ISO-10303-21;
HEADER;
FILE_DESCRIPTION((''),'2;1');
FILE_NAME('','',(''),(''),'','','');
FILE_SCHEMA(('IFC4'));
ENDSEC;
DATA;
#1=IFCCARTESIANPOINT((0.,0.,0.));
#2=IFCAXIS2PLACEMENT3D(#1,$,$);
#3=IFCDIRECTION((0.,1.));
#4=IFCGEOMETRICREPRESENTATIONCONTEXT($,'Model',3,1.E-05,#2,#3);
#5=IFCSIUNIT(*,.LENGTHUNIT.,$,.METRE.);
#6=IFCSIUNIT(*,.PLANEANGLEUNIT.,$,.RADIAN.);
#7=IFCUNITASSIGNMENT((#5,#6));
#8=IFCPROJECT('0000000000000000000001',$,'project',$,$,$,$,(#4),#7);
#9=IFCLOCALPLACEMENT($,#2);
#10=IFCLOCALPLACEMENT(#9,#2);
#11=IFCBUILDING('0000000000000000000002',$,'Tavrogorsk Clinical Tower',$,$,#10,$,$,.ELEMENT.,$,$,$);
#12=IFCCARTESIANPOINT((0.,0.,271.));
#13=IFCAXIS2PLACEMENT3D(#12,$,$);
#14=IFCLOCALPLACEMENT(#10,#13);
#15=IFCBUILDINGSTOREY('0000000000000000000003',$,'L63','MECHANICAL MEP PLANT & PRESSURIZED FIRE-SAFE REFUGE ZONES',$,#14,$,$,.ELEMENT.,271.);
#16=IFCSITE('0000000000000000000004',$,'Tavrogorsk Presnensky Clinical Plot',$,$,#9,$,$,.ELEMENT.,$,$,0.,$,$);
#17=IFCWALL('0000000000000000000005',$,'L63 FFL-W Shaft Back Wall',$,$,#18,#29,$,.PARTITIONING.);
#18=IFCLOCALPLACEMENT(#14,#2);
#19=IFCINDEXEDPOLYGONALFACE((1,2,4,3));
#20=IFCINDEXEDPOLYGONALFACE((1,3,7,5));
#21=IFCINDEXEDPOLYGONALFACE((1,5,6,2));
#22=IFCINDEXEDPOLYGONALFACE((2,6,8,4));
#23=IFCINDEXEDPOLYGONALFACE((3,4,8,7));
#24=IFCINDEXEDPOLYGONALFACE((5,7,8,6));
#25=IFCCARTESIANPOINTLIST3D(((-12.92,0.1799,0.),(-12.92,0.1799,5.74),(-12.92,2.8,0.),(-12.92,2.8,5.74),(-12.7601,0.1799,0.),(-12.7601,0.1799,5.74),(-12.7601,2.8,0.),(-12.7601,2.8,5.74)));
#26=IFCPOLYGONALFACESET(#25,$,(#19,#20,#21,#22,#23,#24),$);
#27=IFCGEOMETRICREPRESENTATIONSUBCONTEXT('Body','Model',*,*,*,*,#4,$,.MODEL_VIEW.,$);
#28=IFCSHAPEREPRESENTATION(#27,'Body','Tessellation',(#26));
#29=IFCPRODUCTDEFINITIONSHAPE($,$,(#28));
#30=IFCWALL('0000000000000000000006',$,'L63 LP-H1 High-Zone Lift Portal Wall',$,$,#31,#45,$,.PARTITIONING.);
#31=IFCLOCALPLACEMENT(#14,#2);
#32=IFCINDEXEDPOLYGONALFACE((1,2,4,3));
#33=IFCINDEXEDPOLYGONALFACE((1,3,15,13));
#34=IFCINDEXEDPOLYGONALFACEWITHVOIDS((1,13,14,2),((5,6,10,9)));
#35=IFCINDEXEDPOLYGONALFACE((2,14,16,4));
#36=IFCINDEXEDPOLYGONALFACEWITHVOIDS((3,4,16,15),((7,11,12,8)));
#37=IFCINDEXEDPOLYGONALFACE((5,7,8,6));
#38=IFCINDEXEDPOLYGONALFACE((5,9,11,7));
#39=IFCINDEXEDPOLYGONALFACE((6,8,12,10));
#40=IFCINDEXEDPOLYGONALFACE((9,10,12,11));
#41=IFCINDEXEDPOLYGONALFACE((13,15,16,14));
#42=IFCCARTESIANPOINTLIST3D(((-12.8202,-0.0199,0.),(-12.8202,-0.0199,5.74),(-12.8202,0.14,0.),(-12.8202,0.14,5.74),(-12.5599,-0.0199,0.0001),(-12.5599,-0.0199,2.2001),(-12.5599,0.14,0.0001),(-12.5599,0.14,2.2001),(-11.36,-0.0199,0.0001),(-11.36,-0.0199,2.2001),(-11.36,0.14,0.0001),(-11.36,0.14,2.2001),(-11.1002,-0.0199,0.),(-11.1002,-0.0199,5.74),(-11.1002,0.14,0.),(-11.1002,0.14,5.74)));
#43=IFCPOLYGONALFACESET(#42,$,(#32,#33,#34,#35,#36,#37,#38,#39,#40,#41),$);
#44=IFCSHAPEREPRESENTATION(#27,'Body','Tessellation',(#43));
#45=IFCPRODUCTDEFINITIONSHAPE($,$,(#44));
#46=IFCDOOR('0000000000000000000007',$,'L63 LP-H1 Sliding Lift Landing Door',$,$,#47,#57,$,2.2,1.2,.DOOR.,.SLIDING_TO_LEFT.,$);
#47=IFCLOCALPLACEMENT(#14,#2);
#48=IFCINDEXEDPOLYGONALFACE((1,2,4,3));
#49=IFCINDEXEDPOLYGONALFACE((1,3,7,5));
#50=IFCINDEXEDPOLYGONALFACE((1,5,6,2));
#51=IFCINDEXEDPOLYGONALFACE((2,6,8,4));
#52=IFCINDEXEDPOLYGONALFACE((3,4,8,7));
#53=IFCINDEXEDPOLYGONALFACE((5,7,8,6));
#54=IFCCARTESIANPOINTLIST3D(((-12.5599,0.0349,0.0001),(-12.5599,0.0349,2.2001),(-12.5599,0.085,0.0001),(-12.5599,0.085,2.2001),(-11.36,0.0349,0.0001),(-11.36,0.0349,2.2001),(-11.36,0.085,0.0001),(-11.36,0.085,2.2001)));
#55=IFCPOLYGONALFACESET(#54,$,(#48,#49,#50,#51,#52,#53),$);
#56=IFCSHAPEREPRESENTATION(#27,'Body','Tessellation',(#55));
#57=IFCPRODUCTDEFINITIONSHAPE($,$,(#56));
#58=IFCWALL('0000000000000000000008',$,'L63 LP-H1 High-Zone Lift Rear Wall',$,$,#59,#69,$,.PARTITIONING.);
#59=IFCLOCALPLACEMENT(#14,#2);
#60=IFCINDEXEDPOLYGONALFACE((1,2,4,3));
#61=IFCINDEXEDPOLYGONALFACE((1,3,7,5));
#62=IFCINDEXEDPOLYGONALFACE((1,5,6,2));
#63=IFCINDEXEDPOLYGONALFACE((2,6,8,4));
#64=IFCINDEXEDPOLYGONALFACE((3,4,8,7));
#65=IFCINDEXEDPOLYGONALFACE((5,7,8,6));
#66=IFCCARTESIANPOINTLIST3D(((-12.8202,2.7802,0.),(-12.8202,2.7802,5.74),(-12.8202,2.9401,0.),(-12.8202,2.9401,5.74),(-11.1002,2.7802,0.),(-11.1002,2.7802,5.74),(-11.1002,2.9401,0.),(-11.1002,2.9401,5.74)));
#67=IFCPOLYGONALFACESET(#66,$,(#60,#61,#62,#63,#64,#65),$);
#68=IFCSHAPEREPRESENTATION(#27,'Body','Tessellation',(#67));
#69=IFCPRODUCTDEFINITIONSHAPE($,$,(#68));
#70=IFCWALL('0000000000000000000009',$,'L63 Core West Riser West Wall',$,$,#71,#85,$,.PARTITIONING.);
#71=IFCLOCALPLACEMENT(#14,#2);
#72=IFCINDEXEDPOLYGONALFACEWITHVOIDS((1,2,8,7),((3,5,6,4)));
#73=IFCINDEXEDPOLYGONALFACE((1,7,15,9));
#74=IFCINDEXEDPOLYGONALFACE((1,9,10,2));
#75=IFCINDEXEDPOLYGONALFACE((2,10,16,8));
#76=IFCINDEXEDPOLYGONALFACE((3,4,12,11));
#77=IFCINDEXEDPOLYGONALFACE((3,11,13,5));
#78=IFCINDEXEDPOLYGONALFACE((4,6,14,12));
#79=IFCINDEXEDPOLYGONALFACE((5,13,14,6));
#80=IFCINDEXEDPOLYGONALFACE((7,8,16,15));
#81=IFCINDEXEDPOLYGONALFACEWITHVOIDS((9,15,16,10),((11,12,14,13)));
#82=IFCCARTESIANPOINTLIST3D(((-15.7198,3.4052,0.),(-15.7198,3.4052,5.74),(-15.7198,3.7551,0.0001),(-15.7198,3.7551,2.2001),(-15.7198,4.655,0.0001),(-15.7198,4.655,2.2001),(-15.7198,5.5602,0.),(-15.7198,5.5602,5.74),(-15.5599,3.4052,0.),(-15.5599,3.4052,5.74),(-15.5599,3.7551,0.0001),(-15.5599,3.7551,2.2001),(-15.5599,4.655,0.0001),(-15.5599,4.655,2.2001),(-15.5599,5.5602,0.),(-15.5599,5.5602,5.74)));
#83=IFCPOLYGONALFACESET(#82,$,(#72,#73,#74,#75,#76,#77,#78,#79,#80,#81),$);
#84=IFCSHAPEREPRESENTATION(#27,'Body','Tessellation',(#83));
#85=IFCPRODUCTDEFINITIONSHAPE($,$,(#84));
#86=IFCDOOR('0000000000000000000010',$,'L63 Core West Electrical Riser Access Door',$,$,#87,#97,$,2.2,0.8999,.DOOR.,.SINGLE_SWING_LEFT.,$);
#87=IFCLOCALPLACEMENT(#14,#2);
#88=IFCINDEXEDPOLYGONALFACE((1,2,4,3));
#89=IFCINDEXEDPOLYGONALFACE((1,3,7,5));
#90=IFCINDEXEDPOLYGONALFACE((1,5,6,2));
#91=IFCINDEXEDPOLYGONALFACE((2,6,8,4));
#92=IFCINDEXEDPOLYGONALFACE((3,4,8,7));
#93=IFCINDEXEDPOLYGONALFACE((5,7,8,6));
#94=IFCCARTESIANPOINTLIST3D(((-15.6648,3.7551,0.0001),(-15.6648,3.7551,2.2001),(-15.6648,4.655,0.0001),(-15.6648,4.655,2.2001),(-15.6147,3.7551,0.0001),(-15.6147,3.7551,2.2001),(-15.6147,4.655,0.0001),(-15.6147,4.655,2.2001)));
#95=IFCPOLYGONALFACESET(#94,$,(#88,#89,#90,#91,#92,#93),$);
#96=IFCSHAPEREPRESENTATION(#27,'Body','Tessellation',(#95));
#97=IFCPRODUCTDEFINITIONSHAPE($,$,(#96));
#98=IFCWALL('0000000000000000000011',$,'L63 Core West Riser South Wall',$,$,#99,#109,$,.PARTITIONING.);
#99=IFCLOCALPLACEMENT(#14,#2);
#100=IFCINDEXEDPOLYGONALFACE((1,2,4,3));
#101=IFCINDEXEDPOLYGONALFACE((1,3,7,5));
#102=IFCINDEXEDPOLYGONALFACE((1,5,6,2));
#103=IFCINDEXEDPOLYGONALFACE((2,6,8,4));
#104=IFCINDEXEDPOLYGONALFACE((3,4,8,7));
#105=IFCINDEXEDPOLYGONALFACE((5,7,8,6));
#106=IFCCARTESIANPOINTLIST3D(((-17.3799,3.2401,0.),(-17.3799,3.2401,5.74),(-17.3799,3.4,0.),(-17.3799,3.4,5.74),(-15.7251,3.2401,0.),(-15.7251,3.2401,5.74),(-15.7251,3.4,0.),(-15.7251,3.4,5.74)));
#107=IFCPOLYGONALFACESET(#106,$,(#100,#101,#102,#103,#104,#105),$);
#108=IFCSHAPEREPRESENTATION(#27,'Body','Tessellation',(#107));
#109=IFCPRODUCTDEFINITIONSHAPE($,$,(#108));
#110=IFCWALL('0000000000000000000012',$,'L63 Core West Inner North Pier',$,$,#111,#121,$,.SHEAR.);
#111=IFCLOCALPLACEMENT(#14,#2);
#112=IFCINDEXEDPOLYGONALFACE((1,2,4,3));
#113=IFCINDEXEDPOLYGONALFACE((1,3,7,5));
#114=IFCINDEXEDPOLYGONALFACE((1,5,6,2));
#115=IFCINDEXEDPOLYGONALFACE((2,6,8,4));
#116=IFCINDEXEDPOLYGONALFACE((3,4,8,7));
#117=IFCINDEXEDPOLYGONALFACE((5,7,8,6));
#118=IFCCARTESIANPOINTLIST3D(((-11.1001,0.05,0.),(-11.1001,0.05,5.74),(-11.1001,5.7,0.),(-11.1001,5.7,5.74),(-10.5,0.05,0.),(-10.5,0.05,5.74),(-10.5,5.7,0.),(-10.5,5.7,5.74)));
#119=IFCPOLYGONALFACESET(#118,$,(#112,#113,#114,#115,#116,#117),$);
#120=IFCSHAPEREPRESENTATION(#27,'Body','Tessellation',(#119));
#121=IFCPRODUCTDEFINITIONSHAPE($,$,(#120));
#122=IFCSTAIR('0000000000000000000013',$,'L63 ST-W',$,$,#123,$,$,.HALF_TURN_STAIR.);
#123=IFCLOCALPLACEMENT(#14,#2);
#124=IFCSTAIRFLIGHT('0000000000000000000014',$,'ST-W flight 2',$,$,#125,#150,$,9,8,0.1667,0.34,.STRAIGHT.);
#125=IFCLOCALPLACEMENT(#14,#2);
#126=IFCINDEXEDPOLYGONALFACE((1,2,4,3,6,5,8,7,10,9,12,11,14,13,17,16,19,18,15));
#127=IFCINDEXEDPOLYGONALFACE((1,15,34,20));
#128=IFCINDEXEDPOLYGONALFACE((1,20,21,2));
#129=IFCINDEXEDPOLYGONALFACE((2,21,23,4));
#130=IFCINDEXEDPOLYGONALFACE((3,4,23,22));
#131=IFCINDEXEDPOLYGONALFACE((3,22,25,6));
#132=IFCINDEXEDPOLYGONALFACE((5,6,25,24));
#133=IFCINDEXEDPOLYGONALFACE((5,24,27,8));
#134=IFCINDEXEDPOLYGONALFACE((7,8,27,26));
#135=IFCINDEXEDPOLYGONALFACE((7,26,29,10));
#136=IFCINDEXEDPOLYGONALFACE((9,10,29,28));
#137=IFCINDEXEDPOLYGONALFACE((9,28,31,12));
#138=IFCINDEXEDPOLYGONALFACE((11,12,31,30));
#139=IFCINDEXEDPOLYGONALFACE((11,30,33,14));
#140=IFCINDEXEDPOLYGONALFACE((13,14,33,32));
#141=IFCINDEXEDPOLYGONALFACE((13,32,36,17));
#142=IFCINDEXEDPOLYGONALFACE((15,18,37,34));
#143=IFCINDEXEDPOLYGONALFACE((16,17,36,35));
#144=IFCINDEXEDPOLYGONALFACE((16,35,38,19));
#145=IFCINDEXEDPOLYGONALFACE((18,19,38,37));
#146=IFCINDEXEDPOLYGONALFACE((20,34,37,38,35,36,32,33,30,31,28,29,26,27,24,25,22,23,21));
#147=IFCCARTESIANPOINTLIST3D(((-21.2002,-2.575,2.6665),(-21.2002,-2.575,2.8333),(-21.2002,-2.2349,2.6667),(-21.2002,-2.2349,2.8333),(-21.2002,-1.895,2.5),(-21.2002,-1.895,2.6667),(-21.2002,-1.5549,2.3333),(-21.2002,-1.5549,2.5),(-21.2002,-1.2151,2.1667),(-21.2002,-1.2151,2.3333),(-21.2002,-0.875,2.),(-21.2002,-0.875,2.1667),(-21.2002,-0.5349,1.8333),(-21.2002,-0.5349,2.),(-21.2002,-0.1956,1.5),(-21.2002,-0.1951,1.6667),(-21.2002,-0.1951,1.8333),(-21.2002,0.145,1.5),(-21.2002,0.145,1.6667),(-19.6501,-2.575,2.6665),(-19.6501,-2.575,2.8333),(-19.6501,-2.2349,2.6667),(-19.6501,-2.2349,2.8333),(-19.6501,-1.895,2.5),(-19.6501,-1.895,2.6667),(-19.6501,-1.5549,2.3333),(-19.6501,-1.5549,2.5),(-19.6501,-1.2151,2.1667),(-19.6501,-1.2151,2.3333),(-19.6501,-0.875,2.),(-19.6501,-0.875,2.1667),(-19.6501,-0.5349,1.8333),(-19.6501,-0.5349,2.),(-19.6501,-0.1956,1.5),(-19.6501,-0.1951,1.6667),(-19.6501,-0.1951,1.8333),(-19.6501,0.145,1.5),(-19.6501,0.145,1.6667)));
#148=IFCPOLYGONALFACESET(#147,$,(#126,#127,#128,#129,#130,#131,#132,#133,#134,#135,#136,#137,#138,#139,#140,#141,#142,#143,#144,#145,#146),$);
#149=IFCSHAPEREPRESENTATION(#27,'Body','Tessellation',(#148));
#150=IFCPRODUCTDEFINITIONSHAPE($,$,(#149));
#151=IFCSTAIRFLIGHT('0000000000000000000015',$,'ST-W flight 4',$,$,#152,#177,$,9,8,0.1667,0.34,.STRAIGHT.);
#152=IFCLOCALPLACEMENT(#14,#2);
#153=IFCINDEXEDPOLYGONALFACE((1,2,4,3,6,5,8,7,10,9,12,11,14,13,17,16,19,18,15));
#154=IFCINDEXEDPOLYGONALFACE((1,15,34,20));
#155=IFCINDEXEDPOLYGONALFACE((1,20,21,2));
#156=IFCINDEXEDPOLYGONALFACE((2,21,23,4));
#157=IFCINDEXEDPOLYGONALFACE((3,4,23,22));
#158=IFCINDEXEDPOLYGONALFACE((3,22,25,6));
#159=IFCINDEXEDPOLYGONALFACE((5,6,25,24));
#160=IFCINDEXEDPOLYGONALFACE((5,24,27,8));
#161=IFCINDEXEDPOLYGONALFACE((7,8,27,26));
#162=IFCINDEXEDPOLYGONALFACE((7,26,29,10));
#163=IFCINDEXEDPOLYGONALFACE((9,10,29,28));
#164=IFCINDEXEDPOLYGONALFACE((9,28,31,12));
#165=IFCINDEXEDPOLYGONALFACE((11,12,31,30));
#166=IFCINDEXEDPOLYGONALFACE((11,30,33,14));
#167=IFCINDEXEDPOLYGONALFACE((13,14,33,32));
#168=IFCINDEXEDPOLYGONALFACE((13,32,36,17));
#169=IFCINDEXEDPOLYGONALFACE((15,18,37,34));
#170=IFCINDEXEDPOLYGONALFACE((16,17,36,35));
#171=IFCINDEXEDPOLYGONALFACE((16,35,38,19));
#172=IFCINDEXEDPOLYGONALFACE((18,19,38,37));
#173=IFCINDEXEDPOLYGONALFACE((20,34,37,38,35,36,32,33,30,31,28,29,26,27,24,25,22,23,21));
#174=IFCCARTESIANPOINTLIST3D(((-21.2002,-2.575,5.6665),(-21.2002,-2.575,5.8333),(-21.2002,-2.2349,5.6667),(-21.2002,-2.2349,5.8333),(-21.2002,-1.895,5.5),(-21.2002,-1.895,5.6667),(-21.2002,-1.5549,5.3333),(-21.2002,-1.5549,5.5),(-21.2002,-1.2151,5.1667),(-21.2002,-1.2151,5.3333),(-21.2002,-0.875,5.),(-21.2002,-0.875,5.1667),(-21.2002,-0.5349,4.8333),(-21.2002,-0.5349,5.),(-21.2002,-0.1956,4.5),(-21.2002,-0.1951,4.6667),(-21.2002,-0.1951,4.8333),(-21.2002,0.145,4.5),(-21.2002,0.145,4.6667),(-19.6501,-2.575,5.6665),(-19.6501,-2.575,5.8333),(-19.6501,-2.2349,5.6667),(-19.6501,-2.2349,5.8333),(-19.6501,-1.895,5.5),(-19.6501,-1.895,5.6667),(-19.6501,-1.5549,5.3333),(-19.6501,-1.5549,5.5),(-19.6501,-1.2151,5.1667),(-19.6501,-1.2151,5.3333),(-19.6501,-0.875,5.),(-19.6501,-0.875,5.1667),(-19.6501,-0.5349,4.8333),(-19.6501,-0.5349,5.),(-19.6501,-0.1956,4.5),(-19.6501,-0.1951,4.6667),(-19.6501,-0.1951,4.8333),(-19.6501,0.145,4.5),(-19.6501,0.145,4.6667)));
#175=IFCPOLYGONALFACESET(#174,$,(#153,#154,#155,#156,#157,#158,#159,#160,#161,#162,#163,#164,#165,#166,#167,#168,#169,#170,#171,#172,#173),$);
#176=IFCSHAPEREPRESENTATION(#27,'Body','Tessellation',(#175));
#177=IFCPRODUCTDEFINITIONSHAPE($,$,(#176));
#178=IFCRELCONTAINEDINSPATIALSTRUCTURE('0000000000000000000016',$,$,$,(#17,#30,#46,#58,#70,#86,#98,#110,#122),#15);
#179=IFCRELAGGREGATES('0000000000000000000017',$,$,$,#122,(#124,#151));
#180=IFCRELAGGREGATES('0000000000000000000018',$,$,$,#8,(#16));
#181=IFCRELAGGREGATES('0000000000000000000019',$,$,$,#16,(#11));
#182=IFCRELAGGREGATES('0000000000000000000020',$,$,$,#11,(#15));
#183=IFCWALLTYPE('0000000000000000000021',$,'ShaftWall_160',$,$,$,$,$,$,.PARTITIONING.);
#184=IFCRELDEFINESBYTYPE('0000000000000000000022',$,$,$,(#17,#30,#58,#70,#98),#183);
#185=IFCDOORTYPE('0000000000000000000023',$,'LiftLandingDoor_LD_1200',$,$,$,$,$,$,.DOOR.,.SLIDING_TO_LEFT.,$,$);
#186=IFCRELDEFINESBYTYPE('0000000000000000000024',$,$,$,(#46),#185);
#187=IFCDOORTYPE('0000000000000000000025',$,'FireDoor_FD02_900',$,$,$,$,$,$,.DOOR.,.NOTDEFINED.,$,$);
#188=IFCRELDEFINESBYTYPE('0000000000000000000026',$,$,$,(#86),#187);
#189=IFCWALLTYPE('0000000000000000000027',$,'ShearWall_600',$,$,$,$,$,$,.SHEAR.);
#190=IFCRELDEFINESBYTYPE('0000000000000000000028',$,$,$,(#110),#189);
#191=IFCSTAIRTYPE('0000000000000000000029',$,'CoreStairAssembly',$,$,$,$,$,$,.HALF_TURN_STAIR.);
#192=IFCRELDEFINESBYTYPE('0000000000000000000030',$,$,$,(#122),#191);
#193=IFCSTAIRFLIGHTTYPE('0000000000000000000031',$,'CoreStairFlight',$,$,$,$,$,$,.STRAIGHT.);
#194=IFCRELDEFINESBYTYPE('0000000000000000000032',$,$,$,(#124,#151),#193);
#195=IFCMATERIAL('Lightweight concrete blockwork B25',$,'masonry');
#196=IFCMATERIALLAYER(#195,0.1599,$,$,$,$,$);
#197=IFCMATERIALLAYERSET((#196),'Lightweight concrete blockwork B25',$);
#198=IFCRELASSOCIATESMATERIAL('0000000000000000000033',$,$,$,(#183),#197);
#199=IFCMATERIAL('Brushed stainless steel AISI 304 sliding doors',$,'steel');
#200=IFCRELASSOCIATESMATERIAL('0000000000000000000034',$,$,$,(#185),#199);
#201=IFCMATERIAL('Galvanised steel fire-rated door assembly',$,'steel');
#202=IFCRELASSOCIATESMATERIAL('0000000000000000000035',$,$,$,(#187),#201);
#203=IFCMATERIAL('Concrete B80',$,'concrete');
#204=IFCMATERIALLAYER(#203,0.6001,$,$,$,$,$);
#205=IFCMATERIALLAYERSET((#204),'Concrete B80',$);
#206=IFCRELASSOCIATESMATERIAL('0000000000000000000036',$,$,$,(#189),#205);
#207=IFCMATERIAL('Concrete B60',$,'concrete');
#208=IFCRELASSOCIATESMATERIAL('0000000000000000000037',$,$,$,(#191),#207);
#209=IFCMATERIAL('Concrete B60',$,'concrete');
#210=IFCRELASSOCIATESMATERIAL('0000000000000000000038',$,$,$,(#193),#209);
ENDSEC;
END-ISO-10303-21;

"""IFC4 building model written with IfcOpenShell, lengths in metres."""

from ifc_helpers import new_model, si_unit, direction, frame, frame_2d, origin, place, context, subcontext, project, spatial, polyline, rectangle, outline, extrude, material, layer, layer_set, type_object, element, fill, aggregate, save


model = new_model("IFC4")

# Units and contexts
model_context = context("Model", 3, precision=1e-05, world=origin(), true_north=direction((0.0, 1.0)))
body_context = subcontext(model_context, "Body", "Model", "MODEL_VIEW")
ifc_project = project(units=[si_unit("LENGTHUNIT", "METRE"), si_unit("PLANEANGLEUNIT", "RADIAN")], contexts=[model_context])

# Site, building, storey
site_placement = place(None, origin())
site = spatial("IfcSite", under=ifc_project, at=site_placement, Name="Tavrogorsk Presnensky Clinical Plot", CompositionType="ELEMENT", RefElevation=0.0)
building_placement = place(site_placement, origin())
building = spatial("IfcBuilding", under=site, at=building_placement, Name="Tavrogorsk Clinical Tower", CompositionType="ELEMENT")
storey_placement = place(building_placement, frame((0.0, 0.0, 271.0)))
storey = spatial("IfcBuildingStorey", under=building, at=storey_placement, Name="L63", Description="MECHANICAL MEP PLANT & PRESSURIZED FIRE-SAFE REFUGE ZONES", CompositionType="ELEMENT", Elevation=271.0)

# Shared definitions
ifc_material_1 = material(Name="Lightweight concrete blockwork B25", Category="masonry")
ifc_layer_1 = layer(ifc_material_1, 0.1599)
ifc_layer_set_1 = layer_set([ifc_layer_1], Name="Lightweight concrete blockwork B25")
wall_type_1 = type_object("IfcWallType", Name="ShaftWall_160", PredefinedType="PARTITIONING", material=ifc_layer_set_1)
ifc_material_2 = material(Name="Brushed stainless steel AISI 304 sliding doors", Category="steel")
door_type_1 = type_object("IfcDoorType", Name="LiftLandingDoor_LD_1200", OperationType="SLIDING_TO_LEFT", PredefinedType="DOOR", material=ifc_material_2)

# Wall
wall_1_placement = place(storey_placement, frame((-12.8401, 0.1799, 0.0), z_axis=(0.0, 0.0, 1.0), x_axis=(0.0, 1.0, 0.0)))
element("IfcWall", 1, at=wall_1_placement, inside=storey, type_object=wall_type_1, Name="L63 FFL-W Shaft Back Wall", PredefinedType="PARTITIONING", context=body_context, shape_type="SweptSolid", body=[
    extrude(rectangle(XDim=2.6201, YDim=0.1599, at=frame_2d((1.3101, 0.0))), origin(), (0.0, 0.0, 1.0), 5.74),
])

# Wall, opening, door
wall_2_placement = place(storey_placement, frame((-12.8201, 0.0601, 0.0), z_axis=(0.0, 0.0, 1.0), x_axis=(1.0, 0.0, 0.0)))
wall_2 = element("IfcWall", 2, at=wall_2_placement, inside=storey, type_object=wall_type_1, Name="L63 LP-H1 High-Zone Lift Portal Wall", PredefinedType="PARTITIONING", context=body_context, shape_type="SweptSolid", body=[
    extrude(rectangle(XDim=1.72, YDim=0.1599, at=frame_2d((0.8599, 0.0))), origin(), (0.0, 0.0, 1.0), 5.74),
])
opening_1_placement = place(wall_2_placement, frame((0.26, 0.0, 0.0)))
opening_1 = element("IfcOpeningElement", 3, at=opening_1_placement, cuts=wall_2, PredefinedType="OPENING", context=body_context, shape_type="SweptSolid", body=[
    extrude(rectangle(XDim=1.2, YDim=2.2, at=frame_2d((0.6001, 1.1001))), frame((0.0, 0.0898, 0.0), z_axis=(0.0, -1.0, 0.0), x_axis=(1.0, 0.0, 0.0)), (0.0, 0.0, 1.0), 0.1799),
])
door_1_placement = place(opening_1_placement, origin())
door_1 = element("IfcDoor", 4, at=door_1_placement, inside=storey, type_object=door_type_1, Name="L63 LP-H1 Sliding Lift Landing Door", OperationType="SLIDING_TO_LEFT", OverallHeight=2.2, OverallWidth=1.2, PredefinedType="DOOR", context=body_context, shape_type="SweptSolid", body=[
    extrude(rectangle(XDim=1.2, YDim=2.2, at=frame_2d((0.6001, 1.1001))), frame((0.0, 0.0249, 0.0), z_axis=(0.0, -1.0, 0.0), x_axis=(1.0, 0.0, 0.0)), (0.0, 0.0, 1.0), 0.05),
])
fill(opening_1, door_1)

# Wall
wall_3_placement = place(storey_placement, frame((-12.8201, 2.8601, 0.0), z_axis=(0.0, 0.0, 1.0), x_axis=(1.0, 0.0, 0.0)))
element("IfcWall", 5, at=wall_3_placement, inside=storey, type_object=wall_type_1, Name="L63 LP-H1 High-Zone Lift Rear Wall", PredefinedType="PARTITIONING", context=body_context, shape_type="SweptSolid", body=[
    extrude(rectangle(XDim=1.72, YDim=0.1599, at=frame_2d((0.8599, 0.0))), origin(), (0.0, 0.0, 1.0), 5.74),
])

# Wall, opening, door
wall_4_placement = place(storey_placement, frame((-15.6399, 3.405, 0.0), z_axis=(0.0, 0.0, 1.0), x_axis=(0.0, 1.0, 0.0)))
wall_4 = element("IfcWall", 6, at=wall_4_placement, inside=storey, type_object=wall_type_1, Name="L63 Core West Riser West Wall", PredefinedType="PARTITIONING", context=body_context, shape_type="SweptSolid", body=[
    extrude(rectangle(XDim=2.155, YDim=0.1599, at=frame_2d((1.0776, 0.0))), origin(), (0.0, 0.0, 1.0), 5.74),
])
opening_2_placement = place(wall_4_placement, frame((0.3501, 0.0, 0.0)))
opening_2 = element("IfcOpeningElement", 7, at=opening_2_placement, cuts=wall_4, PredefinedType="OPENING", context=body_context, shape_type="SweptSolid", body=[
    extrude(rectangle(XDim=0.8999, YDim=2.2, at=frame_2d((0.45, 1.1001))), frame((0.0, 0.0898, 0.0), z_axis=(0.0, -1.0, 0.0), x_axis=(1.0, 0.0, 0.0)), (0.0, 0.0, 1.0), 0.1799),
])
ifc_material_3 = material(Name="Galvanised steel fire-rated door assembly", Category="steel")
door_type_2 = type_object("IfcDoorType", Name="FireDoor_FD02_900", OperationType="NOTDEFINED", PredefinedType="DOOR", material=ifc_material_3)
door_2_placement = place(opening_2_placement, origin())
door_2 = element("IfcDoor", 8, at=door_2_placement, inside=storey, type_object=door_type_2, Name="L63 Core West Electrical Riser Access Door", OperationType="SINGLE_SWING_LEFT", OverallHeight=2.2, OverallWidth=0.8999, PredefinedType="DOOR", context=body_context, shape_type="SweptSolid", body=[
    extrude(rectangle(XDim=0.8999, YDim=2.2, at=frame_2d((0.45, 1.1001))), frame((0.0, 0.0249, 0.0), z_axis=(0.0, -1.0, 0.0), x_axis=(1.0, 0.0, 0.0)), (0.0, 0.0, 1.0), 0.05),
])
fill(opening_2, door_2)

# Walls
wall_5_placement = place(storey_placement, frame((-17.3799, 3.3201, 0.0), z_axis=(0.0, 0.0, 1.0), x_axis=(1.0, 0.0, 0.0)))
element("IfcWall", 9, at=wall_5_placement, inside=storey, type_object=wall_type_1, Name="L63 Core West Riser South Wall", PredefinedType="PARTITIONING", context=body_context, shape_type="SweptSolid", body=[
    extrude(rectangle(XDim=1.6548, YDim=0.1599, at=frame_2d((0.8274, 0.0))), origin(), (0.0, 0.0, 1.0), 5.74),
])
ifc_material_4 = material(Name="Concrete B80", Category="concrete")
ifc_layer_2 = layer(ifc_material_4, 0.6001)
ifc_layer_set_2 = layer_set([ifc_layer_2], Name="Concrete B80")
wall_type_2 = type_object("IfcWallType", Name="ShearWall_600", PredefinedType="SHEAR", material=ifc_layer_set_2)
wall_6_placement = place(storey_placement, frame((-10.8, 0.05, 0.0), z_axis=(0.0, 0.0, 1.0), x_axis=(0.0, 1.0, 0.0)))
element("IfcWall", 10, at=wall_6_placement, inside=storey, type_object=wall_type_2, Name="L63 Core West Inner North Pier", PredefinedType="SHEAR", context=body_context, shape_type="SweptSolid", body=[
    extrude(rectangle(XDim=5.6499, YDim=0.6001, at=frame_2d((2.825, 0.0))), origin(), (0.0, 0.0, 1.0), 5.74),
])

# Stair, stair flights
ifc_material_5 = material(Name="Concrete B60", Category="concrete")
stair_type = type_object("IfcStairType", Name="CoreStairAssembly", PredefinedType="HALF_TURN_STAIR", material=ifc_material_5)
stair_placement = place(storey_placement, origin())
stair = element("IfcStair", 11, at=stair_placement, inside=storey, type_object=stair_type, Name="L63 ST-W", PredefinedType="HALF_TURN_STAIR")
ifc_material_6 = material(Name="Concrete B60", Category="concrete")
stair_flight_type = type_object("IfcStairFlightType", Name="CoreStairFlight", PredefinedType="STRAIGHT", material=ifc_material_6)
stair_flight_1_placement = place(storey_placement, frame((-20.425, 0.145, 1.5), z_axis=(0.0, 0.0, 1.0), x_axis=(0.0, -1.0, 0.0)))
stair_flight_1 = element("IfcStairFlight", 12, at=stair_flight_1_placement, type_object=stair_flight_type, Name="ST-W flight 2", NumberOfRisers=9, NumberOfTreads=8, PredefinedType="STRAIGHT", RiserHeight=0.1667, TreadLength=0.34, context=body_context, shape_type="SweptSolid", body=[
    extrude(outline(polyline([(0.0, 0.0), (0.0, 0.1667), (0.3401, 0.1667), (0.3401, 0.3333), (0.6799, 0.3333), (0.6799, 0.5), (1.02, 0.5), (1.02, 0.6667), (1.3601, 0.6667), (1.3601, 0.8333), (1.7, 0.8333), (1.7, 1.0), (2.04, 1.0), (2.04, 1.1667), (2.3799, 1.1667), (2.3799, 1.3333), (2.72, 1.3333), (2.72, 1.5), (2.72, 1.1665), (0.3406, 0.0), (0.0, 0.0)])), frame((0.0, 0.7749, 0.0), z_axis=(0.0, -1.0, 0.0), x_axis=(1.0, 0.0, 0.0)), (0.0, 0.0, 1.0), 1.55),
])
stair_flight_2_placement = place(storey_placement, frame((-20.425, 0.145, 4.5), z_axis=(0.0, 0.0, 1.0), x_axis=(0.0, -1.0, 0.0)))
stair_flight_2 = element("IfcStairFlight", 13, at=stair_flight_2_placement, type_object=stair_flight_type, Name="ST-W flight 4", NumberOfRisers=9, NumberOfTreads=8, PredefinedType="STRAIGHT", RiserHeight=0.1667, TreadLength=0.34, context=body_context, shape_type="SweptSolid", body=[
    extrude(outline(polyline([(0.0, 0.0), (0.0, 0.1667), (0.3401, 0.1667), (0.3401, 0.3333), (0.6799, 0.3333), (0.6799, 0.5), (1.02, 0.5), (1.02, 0.6667), (1.3601, 0.6667), (1.3601, 0.8333), (1.7, 0.8333), (1.7, 1.0), (2.04, 1.0), (2.04, 1.1667), (2.3799, 1.1667), (2.3799, 1.3333), (2.72, 1.3333), (2.72, 1.5), (2.72, 1.1665), (0.3406, 0.0), (0.0, 0.0)])), frame((0.0, 0.7749, 0.0), z_axis=(0.0, -1.0, 0.0), x_axis=(1.0, 0.0, 0.0)), (0.0, 0.0, 1.0), 1.55),
])
aggregate(stair, [stair_flight_1, stair_flight_2])

save(model, "model.ifc")
